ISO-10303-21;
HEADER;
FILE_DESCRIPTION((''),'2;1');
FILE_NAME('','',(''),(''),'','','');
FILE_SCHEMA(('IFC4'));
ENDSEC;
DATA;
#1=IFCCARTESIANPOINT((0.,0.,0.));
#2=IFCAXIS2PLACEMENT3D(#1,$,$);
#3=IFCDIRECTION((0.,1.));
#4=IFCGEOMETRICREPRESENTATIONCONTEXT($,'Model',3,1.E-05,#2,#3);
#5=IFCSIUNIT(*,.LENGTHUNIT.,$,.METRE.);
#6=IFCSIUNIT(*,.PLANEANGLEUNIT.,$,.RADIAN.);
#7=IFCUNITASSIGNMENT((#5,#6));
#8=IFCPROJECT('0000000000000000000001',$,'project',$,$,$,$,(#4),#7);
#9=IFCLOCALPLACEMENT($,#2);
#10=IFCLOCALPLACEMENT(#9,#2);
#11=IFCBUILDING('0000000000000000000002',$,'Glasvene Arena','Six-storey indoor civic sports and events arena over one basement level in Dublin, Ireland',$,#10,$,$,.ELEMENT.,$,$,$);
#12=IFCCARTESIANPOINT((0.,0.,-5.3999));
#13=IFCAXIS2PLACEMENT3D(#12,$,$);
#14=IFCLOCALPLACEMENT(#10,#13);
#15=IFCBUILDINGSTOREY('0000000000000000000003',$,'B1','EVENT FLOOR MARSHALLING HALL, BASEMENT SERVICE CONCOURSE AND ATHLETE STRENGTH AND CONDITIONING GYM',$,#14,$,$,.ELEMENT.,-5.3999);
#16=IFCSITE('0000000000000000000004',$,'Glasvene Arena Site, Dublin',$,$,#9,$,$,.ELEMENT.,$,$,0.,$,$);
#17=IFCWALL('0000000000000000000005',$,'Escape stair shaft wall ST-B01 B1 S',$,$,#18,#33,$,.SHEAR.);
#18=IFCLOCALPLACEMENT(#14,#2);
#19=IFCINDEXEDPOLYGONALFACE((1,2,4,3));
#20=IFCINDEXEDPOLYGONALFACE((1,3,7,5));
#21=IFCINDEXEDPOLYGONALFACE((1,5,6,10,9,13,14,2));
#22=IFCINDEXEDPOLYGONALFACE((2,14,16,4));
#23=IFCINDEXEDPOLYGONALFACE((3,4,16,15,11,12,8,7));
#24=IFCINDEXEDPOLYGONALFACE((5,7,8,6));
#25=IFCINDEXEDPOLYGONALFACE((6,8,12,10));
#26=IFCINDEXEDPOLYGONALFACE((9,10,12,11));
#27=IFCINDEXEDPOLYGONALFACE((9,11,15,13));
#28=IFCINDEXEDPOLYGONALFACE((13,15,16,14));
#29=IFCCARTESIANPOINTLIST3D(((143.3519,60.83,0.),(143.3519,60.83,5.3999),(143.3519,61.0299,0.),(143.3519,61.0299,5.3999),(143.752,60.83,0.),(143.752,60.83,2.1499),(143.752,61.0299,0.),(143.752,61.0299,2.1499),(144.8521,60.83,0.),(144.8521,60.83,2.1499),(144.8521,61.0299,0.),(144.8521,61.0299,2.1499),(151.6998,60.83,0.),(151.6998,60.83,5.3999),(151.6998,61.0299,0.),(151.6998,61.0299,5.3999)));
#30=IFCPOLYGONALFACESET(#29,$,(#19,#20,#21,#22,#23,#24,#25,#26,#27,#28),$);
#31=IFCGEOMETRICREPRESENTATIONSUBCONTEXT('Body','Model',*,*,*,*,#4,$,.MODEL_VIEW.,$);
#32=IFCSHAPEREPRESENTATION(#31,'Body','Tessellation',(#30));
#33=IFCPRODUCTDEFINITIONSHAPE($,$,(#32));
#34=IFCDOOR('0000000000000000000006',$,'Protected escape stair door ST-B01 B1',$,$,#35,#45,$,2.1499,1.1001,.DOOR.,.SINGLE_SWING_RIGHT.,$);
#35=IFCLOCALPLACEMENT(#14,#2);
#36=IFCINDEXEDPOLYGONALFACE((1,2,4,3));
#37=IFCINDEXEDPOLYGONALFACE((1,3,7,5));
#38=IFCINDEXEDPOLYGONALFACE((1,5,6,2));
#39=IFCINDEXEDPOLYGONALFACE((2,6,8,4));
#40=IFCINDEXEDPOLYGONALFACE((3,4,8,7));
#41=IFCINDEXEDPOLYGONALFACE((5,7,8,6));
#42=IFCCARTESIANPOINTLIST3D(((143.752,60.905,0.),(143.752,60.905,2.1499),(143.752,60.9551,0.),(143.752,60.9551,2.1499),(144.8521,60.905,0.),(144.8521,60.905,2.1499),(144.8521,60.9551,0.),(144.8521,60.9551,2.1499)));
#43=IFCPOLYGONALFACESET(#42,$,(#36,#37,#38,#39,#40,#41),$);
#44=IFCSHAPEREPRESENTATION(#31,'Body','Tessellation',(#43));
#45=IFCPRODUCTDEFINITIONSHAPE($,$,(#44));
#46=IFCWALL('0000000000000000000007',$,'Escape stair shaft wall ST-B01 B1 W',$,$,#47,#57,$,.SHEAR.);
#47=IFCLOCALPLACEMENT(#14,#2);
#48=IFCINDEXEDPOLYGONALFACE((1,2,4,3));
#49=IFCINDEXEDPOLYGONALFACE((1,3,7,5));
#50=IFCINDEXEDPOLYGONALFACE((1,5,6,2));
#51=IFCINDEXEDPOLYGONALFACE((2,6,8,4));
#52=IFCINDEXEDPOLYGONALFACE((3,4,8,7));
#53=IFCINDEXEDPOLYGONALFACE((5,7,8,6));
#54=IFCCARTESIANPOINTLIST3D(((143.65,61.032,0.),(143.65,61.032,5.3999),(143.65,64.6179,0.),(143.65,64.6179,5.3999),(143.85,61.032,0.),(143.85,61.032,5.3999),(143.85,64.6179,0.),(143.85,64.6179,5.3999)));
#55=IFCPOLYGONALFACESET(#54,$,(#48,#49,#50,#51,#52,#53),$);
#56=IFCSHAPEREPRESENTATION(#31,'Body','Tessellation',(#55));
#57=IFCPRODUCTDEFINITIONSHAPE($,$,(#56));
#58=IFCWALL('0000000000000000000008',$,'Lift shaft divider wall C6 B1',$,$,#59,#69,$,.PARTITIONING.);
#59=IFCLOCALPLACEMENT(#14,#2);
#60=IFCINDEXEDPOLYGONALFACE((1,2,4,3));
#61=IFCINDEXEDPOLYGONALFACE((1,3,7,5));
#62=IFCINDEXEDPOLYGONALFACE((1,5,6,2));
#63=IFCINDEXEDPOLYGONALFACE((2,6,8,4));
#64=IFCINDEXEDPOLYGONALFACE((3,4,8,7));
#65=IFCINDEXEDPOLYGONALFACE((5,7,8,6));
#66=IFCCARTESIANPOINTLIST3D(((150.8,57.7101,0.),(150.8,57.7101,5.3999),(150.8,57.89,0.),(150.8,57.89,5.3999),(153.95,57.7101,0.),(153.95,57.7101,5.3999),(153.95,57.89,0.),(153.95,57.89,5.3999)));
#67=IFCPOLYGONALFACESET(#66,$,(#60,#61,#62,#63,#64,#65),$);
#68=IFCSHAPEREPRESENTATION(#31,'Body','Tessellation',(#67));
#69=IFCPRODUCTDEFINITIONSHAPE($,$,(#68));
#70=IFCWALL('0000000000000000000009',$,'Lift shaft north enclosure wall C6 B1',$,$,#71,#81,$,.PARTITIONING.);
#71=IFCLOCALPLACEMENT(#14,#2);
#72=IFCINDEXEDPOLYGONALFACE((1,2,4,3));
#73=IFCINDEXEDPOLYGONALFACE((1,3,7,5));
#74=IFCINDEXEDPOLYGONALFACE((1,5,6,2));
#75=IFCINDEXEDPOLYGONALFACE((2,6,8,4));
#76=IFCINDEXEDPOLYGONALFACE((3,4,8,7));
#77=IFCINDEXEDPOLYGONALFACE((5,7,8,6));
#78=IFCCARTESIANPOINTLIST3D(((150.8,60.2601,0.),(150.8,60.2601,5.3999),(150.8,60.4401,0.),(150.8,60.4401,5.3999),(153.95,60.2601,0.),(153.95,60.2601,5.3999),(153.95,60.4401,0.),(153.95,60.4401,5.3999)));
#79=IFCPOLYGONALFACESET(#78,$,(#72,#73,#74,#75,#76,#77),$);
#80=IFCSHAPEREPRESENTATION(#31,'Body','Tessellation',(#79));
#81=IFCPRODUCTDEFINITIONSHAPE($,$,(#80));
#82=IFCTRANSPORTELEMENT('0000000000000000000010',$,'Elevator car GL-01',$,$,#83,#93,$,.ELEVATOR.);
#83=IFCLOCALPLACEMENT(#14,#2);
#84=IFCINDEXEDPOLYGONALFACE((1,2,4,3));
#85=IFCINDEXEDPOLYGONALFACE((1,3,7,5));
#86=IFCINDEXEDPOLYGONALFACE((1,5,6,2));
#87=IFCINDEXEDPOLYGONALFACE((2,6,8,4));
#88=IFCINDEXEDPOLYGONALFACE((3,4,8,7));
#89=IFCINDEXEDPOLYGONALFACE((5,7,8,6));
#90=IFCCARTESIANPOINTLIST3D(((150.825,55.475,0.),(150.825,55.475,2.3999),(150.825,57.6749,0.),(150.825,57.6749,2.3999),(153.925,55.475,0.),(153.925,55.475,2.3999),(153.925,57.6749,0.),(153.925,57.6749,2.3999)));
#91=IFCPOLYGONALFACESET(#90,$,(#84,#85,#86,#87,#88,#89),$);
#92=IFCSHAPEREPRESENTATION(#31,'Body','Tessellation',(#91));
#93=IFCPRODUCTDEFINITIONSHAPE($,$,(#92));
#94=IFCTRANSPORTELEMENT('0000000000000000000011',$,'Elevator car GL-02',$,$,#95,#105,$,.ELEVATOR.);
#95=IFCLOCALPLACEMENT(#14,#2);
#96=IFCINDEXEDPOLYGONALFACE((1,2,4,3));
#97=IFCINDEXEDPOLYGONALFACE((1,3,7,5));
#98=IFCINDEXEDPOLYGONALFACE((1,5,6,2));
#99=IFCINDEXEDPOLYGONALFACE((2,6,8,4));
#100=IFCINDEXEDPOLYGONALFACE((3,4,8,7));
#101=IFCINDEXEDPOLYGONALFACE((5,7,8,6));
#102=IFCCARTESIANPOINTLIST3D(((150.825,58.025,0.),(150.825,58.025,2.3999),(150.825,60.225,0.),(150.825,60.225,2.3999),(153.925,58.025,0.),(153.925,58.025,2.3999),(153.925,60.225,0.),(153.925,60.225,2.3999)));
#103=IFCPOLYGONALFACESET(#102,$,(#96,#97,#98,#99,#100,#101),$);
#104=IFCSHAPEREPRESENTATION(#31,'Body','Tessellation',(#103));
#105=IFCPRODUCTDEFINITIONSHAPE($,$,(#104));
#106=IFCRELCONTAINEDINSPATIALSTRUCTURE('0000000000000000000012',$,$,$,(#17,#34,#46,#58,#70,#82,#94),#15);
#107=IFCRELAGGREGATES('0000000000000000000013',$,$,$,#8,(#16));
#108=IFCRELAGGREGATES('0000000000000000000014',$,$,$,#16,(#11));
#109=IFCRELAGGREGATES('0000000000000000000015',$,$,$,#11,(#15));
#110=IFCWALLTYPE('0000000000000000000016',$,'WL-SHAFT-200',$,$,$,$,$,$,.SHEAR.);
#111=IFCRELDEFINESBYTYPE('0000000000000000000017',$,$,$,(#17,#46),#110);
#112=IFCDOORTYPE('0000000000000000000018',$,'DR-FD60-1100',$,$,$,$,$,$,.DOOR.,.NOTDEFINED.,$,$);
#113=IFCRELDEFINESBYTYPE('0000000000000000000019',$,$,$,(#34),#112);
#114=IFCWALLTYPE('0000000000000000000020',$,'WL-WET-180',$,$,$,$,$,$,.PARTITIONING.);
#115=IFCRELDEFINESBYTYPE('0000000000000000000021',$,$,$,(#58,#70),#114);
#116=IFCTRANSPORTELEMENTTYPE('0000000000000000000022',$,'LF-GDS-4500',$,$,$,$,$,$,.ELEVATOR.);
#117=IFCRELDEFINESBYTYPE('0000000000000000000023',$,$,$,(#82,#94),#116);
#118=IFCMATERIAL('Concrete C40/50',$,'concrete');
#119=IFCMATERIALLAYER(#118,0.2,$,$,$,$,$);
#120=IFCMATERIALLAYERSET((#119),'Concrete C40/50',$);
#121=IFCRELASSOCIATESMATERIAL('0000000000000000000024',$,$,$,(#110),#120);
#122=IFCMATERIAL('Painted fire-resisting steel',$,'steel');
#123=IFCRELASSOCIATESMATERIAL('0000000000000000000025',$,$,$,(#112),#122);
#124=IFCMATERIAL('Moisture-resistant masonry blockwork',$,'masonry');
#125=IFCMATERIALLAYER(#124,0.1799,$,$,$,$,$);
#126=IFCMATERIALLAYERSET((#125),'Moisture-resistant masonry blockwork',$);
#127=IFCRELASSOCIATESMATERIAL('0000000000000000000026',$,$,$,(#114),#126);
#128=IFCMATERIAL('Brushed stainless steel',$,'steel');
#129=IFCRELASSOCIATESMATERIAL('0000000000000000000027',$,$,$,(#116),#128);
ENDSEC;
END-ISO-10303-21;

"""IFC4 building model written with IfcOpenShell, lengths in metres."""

from ifc_helpers import new_model, si_unit, direction, frame, frame_2d, origin, origin_2d, place, context, subcontext, project, spatial, rectangle, extrude, material, layer, layer_set, type_object, element, fill, save


model = new_model("IFC4")

# Units and contexts
model_context = context("Model", 3, precision=1e-05, world=origin(), true_north=direction((0.0, 1.0)))
body_context = subcontext(model_context, "Body", "Model", "MODEL_VIEW")
ifc_project = project(units=[si_unit("LENGTHUNIT", "METRE"), si_unit("PLANEANGLEUNIT", "RADIAN")], contexts=[model_context])

# Site, building, storey
site_placement = place(None, origin())
site = spatial("IfcSite", under=ifc_project, at=site_placement, Name="Glasvene Arena Site, Dublin", CompositionType="ELEMENT", RefElevation=0.0)
building_placement = place(site_placement, origin())
building = spatial("IfcBuilding", under=site, at=building_placement, Name="Glasvene Arena", Description="Six-storey indoor civic sports and events arena over one basement level in Dublin, Ireland", CompositionType="ELEMENT")
storey_placement = place(building_placement, frame((0.0, 0.0, -5.3999)))
storey = spatial("IfcBuildingStorey", under=building, at=storey_placement, Name="B1", Description="EVENT FLOOR MARSHALLING HALL, BASEMENT SERVICE CONCOURSE AND ATHLETE STRENGTH AND CONDITIONING GYM", CompositionType="ELEMENT", Elevation=-5.3999)

# Shared definitions
ifc_material_1 = material(Name="Concrete C40/50", Category="concrete")

# Wall, opening, door
ifc_material_2 = material(Name="Painted fire-resisting steel", Category="steel")
ifc_layer_1 = layer(ifc_material_1, 0.2)
ifc_layer_set_1 = layer_set([ifc_layer_1], Name="Concrete C40/50")
wall_type_1 = type_object("IfcWallType", Name="WL-SHAFT-200", PredefinedType="SHEAR", material=ifc_layer_set_1)
ifc_material_3 = material(Name="Brushed stainless steel", Category="steel")
wall_1_placement = place(storey_placement, frame((143.3521, 60.9299, 0.0), z_axis=(0.0, 0.0, 1.0), x_axis=(1.0, 0.0, 0.0)))
wall_1 = element("IfcWall", 1, at=wall_1_placement, inside=storey, type_object=wall_type_1, Name="Escape stair shaft wall ST-B01 B1 S", PredefinedType="SHEAR", context=body_context, shape_type="SweptSolid", body=[
    extrude(rectangle(XDim=8.3479, YDim=0.2, at=frame_2d((4.1738, 0.0))), origin(), (0.0, 0.0, 1.0), 5.3999),
])
opening_1_placement = place(wall_1_placement, frame((0.3999, 0.0, 0.0)))
opening_1 = element("IfcOpeningElement", 2, at=opening_1_placement, cuts=wall_1, PredefinedType="OPENING", context=body_context, shape_type="SweptSolid", body=[
    extrude(rectangle(XDim=1.1001, YDim=2.1499, at=frame_2d((0.55, 1.075))), frame((0.0, 0.1099, 0.0), z_axis=(0.0, -1.0, 0.0), x_axis=(1.0, 0.0, 0.0)), (0.0, 0.0, 1.0), 0.22),
])
door_type_1 = type_object("IfcDoorType", Name="DR-FD60-1100", OperationType="NOTDEFINED", PredefinedType="DOOR", material=ifc_material_2)
door_1_placement = place(opening_1_placement, frame((1.1001, 0.0, 0.0), z_axis=(0.0, 0.0, 1.0), x_axis=(-1.0, 0.0, 0.0)))
door_1 = element("IfcDoor", 3, at=door_1_placement, inside=storey, type_object=door_type_1, Name="Protected escape stair door ST-B01 B1", OperationType="SINGLE_SWING_RIGHT", OverallHeight=2.1499, OverallWidth=1.1001, PredefinedType="DOOR", context=body_context, shape_type="SweptSolid", body=[
    extrude(rectangle(XDim=1.1001, YDim=2.1499, at=frame_2d((0.55, 1.075))), frame((0.0, 0.0249, 0.0), z_axis=(0.0, -1.0, 0.0), x_axis=(1.0, 0.0, 0.0)), (0.0, 0.0, 1.0), 0.05),
])
fill(opening_1, door_1)

# Walls
wall_2_placement = place(storey_placement, frame((143.75, 61.032, 0.0), z_axis=(0.0, 0.0, 1.0), x_axis=(0.0, 1.0, 0.0)))
element("IfcWall", 4, at=wall_2_placement, inside=storey, type_object=wall_type_1, Name="Escape stair shaft wall ST-B01 B1 W", PredefinedType="SHEAR", context=body_context, shape_type="SweptSolid", body=[
    extrude(rectangle(XDim=3.5859, YDim=0.2, at=frame_2d((1.793, 0.0))), origin(), (0.0, 0.0, 1.0), 5.3999),
])
ifc_material_4 = material(Name="Moisture-resistant masonry blockwork", Category="masonry")
ifc_layer_2 = layer(ifc_material_4, 0.1799)
ifc_layer_set_2 = layer_set([ifc_layer_2], Name="Moisture-resistant masonry blockwork")
wall_type_2 = type_object("IfcWallType", Name="WL-WET-180", PredefinedType="PARTITIONING", material=ifc_layer_set_2)
for number, where, z_axis, x_axis, name in (
    (5, (150.8, 57.8, 0.0), (0.0, 0.0, 1.0), (1.0, 0.0, 0.0), "Lift shaft divider wall C6 B1"),
    (6, (150.8, 60.3501, 0.0), (0.0, 0.0, 1.0), (1.0, 0.0, 0.0), "Lift shaft north enclosure wall C6 B1"),
):
    element("IfcWall", number, at=place(storey_placement, frame(where, z_axis=z_axis, x_axis=x_axis)), inside=storey, type_object=wall_type_2, Name=name, PredefinedType="PARTITIONING", context=body_context, shape_type="SweptSolid", body=[
        extrude(rectangle(XDim=3.1499, YDim=0.1799, at=frame_2d((1.575, 0.0))), origin(), (0.0, 0.0, 1.0), 5.3999),
    ])

# Transport elements
transport_element_type = type_object("IfcTransportElementType", Name="LF-GDS-4500", PredefinedType="ELEVATOR", material=ifc_material_3)
for number, where, z_axis, x_axis, name in (
    (7, (152.375, 56.575, 0.0), (0.0, 0.0, 1.0), (1.0, 0.0, 0.0), "Elevator car GL-01"),
    (8, (152.375, 59.125, 0.0), (0.0, 0.0, 1.0), (1.0, 0.0, 0.0), "Elevator car GL-02"),
):
    element("IfcTransportElement", number, at=place(storey_placement, frame(where, z_axis=z_axis, x_axis=x_axis)), inside=storey, type_object=transport_element_type, Name=name, PredefinedType="ELEVATOR", context=body_context, shape_type="SweptSolid", body=[
        extrude(rectangle(XDim=3.1001, YDim=2.2, at=origin_2d()), origin(), (0.0, 0.0, 1.0), 2.3999),
    ])

save(model, "model.ifc")
